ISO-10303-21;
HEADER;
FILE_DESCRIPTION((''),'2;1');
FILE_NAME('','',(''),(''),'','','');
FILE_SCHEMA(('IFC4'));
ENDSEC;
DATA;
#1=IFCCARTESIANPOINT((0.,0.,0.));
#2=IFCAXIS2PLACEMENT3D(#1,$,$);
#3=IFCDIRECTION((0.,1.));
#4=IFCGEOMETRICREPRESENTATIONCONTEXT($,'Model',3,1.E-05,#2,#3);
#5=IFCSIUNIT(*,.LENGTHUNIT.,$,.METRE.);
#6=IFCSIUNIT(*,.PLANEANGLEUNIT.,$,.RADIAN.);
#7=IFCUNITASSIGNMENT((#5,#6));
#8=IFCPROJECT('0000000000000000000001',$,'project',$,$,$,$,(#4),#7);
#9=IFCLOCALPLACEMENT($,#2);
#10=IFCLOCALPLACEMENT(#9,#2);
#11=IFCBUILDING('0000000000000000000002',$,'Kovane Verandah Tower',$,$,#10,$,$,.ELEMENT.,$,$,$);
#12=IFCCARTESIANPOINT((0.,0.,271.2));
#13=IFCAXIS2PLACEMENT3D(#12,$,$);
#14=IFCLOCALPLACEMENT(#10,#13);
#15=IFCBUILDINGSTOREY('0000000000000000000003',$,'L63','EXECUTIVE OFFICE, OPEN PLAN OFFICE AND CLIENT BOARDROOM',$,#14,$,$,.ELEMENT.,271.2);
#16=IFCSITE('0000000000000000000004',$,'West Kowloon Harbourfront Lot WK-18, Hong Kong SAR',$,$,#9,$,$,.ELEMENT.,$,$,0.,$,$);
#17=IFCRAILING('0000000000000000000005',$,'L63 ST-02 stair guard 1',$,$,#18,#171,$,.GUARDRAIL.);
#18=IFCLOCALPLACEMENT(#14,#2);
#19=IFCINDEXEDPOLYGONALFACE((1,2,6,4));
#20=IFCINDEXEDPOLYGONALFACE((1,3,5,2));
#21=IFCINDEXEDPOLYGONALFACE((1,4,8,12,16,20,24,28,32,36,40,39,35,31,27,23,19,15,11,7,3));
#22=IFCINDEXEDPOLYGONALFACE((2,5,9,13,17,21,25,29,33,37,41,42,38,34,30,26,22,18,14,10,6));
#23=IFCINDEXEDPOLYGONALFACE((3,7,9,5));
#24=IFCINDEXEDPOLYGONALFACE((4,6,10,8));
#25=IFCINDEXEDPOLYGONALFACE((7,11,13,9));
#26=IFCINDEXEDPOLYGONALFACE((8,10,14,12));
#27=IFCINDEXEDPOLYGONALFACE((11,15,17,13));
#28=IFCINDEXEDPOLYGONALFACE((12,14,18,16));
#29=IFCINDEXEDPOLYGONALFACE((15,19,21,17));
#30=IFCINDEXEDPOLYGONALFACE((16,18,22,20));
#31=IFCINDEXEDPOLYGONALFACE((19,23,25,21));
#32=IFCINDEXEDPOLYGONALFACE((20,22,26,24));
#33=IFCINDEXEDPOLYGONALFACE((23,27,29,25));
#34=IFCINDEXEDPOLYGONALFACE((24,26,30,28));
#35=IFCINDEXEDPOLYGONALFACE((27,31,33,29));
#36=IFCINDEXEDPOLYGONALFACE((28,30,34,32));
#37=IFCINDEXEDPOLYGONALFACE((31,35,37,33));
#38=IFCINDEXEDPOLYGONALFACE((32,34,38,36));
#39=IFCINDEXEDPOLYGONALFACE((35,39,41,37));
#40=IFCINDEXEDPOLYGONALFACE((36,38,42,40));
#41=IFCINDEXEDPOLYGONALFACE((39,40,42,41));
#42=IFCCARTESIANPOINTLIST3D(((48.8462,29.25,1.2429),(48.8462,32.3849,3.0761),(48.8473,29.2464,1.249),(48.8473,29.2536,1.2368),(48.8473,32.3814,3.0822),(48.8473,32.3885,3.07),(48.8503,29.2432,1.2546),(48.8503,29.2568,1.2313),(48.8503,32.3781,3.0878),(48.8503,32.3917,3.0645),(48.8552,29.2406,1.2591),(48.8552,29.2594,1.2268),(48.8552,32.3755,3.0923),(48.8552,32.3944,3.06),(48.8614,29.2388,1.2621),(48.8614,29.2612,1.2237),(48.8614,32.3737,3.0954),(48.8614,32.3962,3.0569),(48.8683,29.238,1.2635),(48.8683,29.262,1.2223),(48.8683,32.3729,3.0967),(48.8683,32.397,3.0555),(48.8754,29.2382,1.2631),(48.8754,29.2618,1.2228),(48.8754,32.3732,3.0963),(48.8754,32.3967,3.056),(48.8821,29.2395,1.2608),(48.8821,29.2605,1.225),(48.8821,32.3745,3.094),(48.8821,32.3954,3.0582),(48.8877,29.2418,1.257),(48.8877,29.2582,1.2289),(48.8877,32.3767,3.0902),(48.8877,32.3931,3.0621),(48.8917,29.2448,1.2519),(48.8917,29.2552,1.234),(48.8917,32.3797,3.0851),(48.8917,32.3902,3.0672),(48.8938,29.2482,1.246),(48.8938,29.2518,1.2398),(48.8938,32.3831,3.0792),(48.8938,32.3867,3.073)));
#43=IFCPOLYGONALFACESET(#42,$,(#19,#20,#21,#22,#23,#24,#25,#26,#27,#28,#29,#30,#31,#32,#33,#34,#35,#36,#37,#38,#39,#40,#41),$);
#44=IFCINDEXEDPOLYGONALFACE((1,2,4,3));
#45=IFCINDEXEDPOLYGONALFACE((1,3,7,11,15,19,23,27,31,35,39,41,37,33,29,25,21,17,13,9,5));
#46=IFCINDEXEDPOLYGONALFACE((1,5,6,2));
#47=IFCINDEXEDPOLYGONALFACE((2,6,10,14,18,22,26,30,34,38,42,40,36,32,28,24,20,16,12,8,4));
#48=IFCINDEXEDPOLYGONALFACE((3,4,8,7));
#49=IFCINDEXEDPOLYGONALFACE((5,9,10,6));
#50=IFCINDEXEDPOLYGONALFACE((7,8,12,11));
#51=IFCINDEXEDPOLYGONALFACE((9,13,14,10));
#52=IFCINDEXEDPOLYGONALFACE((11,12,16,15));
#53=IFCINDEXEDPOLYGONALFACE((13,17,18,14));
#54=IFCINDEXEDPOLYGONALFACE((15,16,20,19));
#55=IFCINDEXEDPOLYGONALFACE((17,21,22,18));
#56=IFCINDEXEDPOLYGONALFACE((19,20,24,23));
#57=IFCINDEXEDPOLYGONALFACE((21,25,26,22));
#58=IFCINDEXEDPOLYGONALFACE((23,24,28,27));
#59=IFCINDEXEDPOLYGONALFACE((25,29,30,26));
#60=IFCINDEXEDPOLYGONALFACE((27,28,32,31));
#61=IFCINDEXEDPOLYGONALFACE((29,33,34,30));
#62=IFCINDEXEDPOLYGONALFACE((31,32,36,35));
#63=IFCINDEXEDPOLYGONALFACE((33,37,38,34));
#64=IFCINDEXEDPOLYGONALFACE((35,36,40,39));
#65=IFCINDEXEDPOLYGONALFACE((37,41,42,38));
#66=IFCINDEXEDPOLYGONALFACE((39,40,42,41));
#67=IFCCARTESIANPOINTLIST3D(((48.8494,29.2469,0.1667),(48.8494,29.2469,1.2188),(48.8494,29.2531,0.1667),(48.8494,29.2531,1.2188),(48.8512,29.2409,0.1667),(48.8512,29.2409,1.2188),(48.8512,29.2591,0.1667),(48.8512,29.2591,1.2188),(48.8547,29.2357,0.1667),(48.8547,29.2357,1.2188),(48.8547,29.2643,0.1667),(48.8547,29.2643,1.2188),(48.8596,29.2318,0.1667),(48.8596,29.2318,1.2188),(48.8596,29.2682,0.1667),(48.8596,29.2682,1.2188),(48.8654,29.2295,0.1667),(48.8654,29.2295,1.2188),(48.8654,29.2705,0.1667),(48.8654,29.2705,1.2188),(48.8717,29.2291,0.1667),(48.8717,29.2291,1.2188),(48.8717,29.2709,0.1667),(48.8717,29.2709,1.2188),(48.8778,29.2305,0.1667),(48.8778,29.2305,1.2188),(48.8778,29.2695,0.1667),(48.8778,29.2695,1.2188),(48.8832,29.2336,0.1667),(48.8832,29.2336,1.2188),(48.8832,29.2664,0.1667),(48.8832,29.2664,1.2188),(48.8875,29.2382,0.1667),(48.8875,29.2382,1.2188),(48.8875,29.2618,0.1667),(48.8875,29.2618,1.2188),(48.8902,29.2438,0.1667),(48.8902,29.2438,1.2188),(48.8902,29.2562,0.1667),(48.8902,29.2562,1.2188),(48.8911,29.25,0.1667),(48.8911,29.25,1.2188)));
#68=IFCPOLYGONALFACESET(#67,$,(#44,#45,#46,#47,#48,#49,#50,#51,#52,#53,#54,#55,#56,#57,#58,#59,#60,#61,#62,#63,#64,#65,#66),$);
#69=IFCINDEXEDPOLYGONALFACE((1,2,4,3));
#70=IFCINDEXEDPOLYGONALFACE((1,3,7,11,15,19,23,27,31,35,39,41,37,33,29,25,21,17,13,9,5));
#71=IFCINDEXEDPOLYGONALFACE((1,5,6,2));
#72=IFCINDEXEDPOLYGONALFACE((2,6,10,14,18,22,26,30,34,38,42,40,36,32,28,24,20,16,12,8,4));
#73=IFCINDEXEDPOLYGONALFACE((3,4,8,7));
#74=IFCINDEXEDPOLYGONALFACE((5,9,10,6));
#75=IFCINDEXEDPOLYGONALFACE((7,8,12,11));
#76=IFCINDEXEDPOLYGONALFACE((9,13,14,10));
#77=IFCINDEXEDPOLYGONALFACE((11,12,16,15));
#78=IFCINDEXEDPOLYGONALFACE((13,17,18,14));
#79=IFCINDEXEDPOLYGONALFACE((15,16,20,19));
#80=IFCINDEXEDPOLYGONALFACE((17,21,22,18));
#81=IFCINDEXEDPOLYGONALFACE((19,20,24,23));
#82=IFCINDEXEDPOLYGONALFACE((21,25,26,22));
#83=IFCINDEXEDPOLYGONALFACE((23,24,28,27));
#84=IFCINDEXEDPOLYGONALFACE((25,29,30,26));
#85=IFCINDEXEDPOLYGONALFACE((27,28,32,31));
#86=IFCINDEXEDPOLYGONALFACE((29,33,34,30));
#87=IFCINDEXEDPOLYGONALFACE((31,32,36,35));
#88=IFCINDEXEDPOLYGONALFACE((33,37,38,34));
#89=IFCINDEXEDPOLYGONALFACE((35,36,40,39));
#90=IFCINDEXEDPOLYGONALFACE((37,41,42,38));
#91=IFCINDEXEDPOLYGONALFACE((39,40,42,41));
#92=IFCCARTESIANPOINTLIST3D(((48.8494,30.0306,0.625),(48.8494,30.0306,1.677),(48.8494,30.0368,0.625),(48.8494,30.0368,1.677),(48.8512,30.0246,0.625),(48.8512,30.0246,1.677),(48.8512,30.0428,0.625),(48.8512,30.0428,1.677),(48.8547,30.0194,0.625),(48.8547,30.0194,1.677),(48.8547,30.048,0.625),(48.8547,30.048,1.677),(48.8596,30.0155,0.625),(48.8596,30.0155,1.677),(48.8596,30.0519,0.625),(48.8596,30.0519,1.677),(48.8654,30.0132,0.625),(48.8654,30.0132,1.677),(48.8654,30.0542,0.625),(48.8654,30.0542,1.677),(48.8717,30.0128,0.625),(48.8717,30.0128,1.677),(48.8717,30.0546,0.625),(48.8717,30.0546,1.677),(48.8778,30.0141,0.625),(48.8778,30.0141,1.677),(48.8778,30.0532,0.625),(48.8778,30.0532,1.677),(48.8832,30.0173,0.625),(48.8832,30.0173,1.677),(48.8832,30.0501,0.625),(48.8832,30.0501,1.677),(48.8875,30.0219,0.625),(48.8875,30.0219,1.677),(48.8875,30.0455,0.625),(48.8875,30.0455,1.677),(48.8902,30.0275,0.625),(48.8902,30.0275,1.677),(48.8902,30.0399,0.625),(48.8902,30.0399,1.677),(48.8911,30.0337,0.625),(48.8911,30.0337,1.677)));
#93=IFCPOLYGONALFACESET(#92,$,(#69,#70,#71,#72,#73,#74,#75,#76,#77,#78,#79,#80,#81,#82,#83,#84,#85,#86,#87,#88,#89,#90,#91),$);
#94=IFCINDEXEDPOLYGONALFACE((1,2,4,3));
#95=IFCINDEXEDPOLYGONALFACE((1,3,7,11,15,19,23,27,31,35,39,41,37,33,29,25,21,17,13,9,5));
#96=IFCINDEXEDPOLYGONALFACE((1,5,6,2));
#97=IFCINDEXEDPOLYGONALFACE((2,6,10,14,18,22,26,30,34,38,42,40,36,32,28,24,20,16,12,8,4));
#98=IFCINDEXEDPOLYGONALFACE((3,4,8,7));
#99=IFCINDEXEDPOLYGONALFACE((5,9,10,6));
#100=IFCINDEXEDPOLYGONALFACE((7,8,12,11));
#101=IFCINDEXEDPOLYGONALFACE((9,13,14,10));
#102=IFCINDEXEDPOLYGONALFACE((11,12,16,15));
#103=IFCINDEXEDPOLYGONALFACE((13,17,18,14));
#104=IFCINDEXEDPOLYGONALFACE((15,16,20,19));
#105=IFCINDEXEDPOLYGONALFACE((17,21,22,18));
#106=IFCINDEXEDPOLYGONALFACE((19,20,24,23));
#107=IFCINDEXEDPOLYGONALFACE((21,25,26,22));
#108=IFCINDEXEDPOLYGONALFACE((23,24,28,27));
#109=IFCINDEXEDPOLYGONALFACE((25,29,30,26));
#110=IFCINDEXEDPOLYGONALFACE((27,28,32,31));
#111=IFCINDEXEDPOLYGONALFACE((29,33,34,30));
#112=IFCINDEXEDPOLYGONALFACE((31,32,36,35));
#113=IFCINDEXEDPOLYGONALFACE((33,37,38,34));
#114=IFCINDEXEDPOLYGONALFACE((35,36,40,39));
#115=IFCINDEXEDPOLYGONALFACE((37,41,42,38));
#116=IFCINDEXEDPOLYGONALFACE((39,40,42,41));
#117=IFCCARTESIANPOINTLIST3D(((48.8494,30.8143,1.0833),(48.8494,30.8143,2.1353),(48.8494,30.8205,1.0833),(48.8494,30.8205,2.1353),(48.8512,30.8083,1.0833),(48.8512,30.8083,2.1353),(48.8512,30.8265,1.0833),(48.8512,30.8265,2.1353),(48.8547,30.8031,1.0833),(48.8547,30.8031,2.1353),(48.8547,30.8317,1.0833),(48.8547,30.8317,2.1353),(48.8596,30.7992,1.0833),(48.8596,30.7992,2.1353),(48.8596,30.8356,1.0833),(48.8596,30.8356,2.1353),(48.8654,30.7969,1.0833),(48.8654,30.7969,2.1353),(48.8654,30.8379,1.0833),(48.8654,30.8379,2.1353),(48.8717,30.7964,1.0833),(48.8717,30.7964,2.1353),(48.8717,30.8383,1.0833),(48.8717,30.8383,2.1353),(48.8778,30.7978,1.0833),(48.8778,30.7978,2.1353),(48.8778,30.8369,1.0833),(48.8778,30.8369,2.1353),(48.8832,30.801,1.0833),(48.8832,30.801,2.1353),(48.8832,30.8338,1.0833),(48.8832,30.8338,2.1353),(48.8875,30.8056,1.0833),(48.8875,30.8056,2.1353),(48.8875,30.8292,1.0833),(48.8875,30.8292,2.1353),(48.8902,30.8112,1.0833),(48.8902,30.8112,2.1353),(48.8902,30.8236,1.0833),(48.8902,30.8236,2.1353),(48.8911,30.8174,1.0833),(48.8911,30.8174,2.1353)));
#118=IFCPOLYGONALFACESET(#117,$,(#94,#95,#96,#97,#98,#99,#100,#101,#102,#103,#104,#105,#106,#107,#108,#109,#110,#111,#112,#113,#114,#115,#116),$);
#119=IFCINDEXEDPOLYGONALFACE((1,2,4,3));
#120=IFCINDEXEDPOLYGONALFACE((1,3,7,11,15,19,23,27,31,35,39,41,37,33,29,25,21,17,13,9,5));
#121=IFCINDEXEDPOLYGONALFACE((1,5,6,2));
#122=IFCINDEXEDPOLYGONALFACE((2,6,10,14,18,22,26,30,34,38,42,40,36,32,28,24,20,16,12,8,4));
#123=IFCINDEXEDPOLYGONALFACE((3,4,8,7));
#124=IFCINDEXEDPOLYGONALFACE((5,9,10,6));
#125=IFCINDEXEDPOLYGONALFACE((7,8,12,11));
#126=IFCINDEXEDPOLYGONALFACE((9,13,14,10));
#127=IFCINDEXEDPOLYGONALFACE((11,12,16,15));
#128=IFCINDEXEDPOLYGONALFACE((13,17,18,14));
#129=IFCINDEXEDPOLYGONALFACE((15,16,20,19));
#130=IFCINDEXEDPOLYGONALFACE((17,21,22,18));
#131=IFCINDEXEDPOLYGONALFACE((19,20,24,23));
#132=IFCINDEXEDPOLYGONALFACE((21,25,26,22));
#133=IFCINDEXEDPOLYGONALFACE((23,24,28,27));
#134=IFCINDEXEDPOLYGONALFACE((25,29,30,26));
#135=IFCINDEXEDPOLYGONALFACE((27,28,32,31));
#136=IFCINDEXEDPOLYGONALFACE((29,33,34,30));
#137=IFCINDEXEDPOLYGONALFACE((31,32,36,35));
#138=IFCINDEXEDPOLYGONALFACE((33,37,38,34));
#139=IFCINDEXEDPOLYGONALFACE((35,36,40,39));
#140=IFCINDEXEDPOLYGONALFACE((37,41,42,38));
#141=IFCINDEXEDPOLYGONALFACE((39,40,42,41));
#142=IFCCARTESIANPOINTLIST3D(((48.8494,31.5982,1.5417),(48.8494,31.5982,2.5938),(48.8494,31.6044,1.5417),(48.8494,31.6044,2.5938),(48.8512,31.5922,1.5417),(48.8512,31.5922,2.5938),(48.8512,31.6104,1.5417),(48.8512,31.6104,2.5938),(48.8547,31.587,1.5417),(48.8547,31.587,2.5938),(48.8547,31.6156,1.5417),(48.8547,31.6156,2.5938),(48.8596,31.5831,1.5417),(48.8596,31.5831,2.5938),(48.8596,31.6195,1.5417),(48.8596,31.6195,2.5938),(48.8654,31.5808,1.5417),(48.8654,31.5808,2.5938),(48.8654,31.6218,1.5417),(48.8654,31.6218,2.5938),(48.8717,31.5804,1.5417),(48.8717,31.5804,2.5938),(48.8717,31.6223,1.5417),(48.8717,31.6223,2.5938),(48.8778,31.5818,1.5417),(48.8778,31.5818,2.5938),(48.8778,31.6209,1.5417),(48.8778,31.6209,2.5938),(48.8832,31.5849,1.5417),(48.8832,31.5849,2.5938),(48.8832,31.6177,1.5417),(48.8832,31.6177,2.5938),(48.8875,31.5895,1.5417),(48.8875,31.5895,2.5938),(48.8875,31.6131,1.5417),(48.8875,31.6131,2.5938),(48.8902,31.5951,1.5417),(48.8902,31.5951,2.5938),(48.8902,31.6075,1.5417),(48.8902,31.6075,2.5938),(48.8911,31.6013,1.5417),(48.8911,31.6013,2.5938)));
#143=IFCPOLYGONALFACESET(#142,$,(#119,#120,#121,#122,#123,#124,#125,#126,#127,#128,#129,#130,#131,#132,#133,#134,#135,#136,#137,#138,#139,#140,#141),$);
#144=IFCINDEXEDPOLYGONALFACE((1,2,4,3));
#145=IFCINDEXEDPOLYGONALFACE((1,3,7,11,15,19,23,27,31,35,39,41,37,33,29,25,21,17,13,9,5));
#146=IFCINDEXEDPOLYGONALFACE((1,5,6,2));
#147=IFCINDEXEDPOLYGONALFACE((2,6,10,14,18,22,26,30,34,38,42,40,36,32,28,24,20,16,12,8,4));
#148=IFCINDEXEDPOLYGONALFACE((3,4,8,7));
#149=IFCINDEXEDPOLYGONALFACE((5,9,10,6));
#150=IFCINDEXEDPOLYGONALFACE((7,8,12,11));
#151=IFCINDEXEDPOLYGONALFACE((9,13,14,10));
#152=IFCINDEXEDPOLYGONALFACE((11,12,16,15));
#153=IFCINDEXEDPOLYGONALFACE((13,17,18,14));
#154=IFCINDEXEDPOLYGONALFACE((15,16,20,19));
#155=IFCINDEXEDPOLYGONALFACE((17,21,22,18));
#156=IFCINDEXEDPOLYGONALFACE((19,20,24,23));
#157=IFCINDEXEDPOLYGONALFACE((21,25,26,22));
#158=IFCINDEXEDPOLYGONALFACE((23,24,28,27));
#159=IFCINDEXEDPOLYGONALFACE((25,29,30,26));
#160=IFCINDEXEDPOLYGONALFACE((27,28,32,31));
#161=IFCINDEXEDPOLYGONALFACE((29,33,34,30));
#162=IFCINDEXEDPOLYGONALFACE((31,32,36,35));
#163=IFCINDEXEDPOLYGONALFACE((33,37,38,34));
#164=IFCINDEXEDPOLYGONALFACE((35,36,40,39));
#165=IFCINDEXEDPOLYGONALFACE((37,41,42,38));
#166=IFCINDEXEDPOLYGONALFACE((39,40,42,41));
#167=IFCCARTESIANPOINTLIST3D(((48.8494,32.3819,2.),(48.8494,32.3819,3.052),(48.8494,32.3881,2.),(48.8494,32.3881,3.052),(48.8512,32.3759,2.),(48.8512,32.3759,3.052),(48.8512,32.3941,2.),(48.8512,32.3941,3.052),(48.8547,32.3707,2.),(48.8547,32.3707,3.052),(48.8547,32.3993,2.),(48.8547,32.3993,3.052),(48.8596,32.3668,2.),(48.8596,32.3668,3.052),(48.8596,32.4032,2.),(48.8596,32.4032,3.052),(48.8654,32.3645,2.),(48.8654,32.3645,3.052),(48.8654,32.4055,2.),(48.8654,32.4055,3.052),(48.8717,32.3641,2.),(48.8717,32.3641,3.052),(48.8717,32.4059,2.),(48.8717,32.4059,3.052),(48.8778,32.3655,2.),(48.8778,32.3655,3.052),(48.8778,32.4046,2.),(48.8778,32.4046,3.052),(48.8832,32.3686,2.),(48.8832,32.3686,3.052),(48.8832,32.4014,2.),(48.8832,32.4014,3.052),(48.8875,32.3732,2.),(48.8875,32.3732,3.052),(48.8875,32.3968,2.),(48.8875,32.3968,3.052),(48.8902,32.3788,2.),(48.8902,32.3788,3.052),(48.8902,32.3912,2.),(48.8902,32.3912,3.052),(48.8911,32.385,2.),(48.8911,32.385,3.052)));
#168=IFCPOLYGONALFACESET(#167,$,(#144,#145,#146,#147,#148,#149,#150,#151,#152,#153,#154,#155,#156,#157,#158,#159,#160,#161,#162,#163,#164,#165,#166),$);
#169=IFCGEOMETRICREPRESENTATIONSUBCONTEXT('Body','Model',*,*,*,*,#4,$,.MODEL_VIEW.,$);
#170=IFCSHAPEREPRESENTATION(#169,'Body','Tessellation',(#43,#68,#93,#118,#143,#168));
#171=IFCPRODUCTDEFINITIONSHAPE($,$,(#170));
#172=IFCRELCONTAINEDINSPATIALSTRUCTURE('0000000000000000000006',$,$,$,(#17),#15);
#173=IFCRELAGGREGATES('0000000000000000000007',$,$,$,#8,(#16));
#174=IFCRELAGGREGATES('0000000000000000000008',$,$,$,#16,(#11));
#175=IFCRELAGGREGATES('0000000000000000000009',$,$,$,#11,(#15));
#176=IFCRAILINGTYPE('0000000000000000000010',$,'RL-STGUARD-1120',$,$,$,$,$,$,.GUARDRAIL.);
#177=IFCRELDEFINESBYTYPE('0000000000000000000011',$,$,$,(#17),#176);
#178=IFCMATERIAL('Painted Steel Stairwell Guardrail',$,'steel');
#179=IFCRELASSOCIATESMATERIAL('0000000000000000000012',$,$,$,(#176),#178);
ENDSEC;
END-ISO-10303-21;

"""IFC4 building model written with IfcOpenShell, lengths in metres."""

from ifc_helpers import new_model, si_unit, direction, frame, origin, origin_2d, place, context, subcontext, project, spatial, circle, extrude, material, type_object, element, save


model = new_model("IFC4")

# Units and contexts
model_context = context("Model", 3, precision=1e-05, world=origin(), true_north=direction((0.0, 1.0)))
body_context = subcontext(model_context, "Body", "Model", "MODEL_VIEW")
ifc_project = project(units=[si_unit("LENGTHUNIT", "METRE"), si_unit("PLANEANGLEUNIT", "RADIAN")], contexts=[model_context])

# Site, building, storey
site_placement = place(None, origin())
site = spatial("IfcSite", under=ifc_project, at=site_placement, Name="West Kowloon Harbourfront Lot WK-18, Hong Kong SAR", CompositionType="ELEMENT", RefElevation=0.0)
building_placement = place(site_placement, origin())
building = spatial("IfcBuilding", under=site, at=building_placement, Name="Kovane Verandah Tower", CompositionType="ELEMENT")
storey_placement = place(building_placement, frame((0.0, 0.0, 271.2)))
storey = spatial("IfcBuildingStorey", under=building, at=storey_placement, Name="L63", Description="EXECUTIVE OFFICE, OPEN PLAN OFFICE AND CLIENT BOARDROOM", CompositionType="ELEMENT", Elevation=271.2)

# Railing
ifc_material_1 = material(Name="Painted Steel Stairwell Guardrail", Category="steel")
railing_type_1 = type_object("IfcRailingType", Name="RL-STGUARD-1120", PredefinedType="GUARDRAIL", material=ifc_material_1)
railing_1_placement = place(storey_placement, frame((48.8701, 29.25, 0.1667)))
element("IfcRailing", 1, at=railing_1_placement, inside=storey, type_object=railing_type_1, Name="L63 ST-02 stair guard 1", PredefinedType="GUARDRAIL", context=body_context, shape_type="SweptSolid", body=[
    extrude(circle(Radius=0.0239, at=origin_2d()), frame((0.0, 0.0, 1.0762), z_axis=(0.0, 0.86324, 0.504794), x_axis=(-1.0, 0.0, 0.0)), (0.0, 0.0, 1.0), 3.6316),
    extrude(circle(Radius=0.021, at=origin_2d()), origin(), (0.0, 0.0, 1.0), 1.052),
    extrude(circle(Radius=0.021, at=origin_2d()), frame((0.0, 0.7837, 0.4583)), (0.0, 0.0, 1.0), 1.052),
    extrude(circle(Radius=0.021, at=origin_2d()), frame((0.0, 1.5674, 0.9165)), (0.0, 0.0, 1.0), 1.052),
    extrude(circle(Radius=0.021, at=origin_2d()), frame((0.0, 2.3513, 1.375)), (0.0, 0.0, 1.0), 1.052),
    extrude(circle(Radius=0.021, at=origin_2d()), frame((0.0, 3.135, 1.8333)), (0.0, 0.0, 1.0), 1.052),
])

save(model, "model.ifc")
